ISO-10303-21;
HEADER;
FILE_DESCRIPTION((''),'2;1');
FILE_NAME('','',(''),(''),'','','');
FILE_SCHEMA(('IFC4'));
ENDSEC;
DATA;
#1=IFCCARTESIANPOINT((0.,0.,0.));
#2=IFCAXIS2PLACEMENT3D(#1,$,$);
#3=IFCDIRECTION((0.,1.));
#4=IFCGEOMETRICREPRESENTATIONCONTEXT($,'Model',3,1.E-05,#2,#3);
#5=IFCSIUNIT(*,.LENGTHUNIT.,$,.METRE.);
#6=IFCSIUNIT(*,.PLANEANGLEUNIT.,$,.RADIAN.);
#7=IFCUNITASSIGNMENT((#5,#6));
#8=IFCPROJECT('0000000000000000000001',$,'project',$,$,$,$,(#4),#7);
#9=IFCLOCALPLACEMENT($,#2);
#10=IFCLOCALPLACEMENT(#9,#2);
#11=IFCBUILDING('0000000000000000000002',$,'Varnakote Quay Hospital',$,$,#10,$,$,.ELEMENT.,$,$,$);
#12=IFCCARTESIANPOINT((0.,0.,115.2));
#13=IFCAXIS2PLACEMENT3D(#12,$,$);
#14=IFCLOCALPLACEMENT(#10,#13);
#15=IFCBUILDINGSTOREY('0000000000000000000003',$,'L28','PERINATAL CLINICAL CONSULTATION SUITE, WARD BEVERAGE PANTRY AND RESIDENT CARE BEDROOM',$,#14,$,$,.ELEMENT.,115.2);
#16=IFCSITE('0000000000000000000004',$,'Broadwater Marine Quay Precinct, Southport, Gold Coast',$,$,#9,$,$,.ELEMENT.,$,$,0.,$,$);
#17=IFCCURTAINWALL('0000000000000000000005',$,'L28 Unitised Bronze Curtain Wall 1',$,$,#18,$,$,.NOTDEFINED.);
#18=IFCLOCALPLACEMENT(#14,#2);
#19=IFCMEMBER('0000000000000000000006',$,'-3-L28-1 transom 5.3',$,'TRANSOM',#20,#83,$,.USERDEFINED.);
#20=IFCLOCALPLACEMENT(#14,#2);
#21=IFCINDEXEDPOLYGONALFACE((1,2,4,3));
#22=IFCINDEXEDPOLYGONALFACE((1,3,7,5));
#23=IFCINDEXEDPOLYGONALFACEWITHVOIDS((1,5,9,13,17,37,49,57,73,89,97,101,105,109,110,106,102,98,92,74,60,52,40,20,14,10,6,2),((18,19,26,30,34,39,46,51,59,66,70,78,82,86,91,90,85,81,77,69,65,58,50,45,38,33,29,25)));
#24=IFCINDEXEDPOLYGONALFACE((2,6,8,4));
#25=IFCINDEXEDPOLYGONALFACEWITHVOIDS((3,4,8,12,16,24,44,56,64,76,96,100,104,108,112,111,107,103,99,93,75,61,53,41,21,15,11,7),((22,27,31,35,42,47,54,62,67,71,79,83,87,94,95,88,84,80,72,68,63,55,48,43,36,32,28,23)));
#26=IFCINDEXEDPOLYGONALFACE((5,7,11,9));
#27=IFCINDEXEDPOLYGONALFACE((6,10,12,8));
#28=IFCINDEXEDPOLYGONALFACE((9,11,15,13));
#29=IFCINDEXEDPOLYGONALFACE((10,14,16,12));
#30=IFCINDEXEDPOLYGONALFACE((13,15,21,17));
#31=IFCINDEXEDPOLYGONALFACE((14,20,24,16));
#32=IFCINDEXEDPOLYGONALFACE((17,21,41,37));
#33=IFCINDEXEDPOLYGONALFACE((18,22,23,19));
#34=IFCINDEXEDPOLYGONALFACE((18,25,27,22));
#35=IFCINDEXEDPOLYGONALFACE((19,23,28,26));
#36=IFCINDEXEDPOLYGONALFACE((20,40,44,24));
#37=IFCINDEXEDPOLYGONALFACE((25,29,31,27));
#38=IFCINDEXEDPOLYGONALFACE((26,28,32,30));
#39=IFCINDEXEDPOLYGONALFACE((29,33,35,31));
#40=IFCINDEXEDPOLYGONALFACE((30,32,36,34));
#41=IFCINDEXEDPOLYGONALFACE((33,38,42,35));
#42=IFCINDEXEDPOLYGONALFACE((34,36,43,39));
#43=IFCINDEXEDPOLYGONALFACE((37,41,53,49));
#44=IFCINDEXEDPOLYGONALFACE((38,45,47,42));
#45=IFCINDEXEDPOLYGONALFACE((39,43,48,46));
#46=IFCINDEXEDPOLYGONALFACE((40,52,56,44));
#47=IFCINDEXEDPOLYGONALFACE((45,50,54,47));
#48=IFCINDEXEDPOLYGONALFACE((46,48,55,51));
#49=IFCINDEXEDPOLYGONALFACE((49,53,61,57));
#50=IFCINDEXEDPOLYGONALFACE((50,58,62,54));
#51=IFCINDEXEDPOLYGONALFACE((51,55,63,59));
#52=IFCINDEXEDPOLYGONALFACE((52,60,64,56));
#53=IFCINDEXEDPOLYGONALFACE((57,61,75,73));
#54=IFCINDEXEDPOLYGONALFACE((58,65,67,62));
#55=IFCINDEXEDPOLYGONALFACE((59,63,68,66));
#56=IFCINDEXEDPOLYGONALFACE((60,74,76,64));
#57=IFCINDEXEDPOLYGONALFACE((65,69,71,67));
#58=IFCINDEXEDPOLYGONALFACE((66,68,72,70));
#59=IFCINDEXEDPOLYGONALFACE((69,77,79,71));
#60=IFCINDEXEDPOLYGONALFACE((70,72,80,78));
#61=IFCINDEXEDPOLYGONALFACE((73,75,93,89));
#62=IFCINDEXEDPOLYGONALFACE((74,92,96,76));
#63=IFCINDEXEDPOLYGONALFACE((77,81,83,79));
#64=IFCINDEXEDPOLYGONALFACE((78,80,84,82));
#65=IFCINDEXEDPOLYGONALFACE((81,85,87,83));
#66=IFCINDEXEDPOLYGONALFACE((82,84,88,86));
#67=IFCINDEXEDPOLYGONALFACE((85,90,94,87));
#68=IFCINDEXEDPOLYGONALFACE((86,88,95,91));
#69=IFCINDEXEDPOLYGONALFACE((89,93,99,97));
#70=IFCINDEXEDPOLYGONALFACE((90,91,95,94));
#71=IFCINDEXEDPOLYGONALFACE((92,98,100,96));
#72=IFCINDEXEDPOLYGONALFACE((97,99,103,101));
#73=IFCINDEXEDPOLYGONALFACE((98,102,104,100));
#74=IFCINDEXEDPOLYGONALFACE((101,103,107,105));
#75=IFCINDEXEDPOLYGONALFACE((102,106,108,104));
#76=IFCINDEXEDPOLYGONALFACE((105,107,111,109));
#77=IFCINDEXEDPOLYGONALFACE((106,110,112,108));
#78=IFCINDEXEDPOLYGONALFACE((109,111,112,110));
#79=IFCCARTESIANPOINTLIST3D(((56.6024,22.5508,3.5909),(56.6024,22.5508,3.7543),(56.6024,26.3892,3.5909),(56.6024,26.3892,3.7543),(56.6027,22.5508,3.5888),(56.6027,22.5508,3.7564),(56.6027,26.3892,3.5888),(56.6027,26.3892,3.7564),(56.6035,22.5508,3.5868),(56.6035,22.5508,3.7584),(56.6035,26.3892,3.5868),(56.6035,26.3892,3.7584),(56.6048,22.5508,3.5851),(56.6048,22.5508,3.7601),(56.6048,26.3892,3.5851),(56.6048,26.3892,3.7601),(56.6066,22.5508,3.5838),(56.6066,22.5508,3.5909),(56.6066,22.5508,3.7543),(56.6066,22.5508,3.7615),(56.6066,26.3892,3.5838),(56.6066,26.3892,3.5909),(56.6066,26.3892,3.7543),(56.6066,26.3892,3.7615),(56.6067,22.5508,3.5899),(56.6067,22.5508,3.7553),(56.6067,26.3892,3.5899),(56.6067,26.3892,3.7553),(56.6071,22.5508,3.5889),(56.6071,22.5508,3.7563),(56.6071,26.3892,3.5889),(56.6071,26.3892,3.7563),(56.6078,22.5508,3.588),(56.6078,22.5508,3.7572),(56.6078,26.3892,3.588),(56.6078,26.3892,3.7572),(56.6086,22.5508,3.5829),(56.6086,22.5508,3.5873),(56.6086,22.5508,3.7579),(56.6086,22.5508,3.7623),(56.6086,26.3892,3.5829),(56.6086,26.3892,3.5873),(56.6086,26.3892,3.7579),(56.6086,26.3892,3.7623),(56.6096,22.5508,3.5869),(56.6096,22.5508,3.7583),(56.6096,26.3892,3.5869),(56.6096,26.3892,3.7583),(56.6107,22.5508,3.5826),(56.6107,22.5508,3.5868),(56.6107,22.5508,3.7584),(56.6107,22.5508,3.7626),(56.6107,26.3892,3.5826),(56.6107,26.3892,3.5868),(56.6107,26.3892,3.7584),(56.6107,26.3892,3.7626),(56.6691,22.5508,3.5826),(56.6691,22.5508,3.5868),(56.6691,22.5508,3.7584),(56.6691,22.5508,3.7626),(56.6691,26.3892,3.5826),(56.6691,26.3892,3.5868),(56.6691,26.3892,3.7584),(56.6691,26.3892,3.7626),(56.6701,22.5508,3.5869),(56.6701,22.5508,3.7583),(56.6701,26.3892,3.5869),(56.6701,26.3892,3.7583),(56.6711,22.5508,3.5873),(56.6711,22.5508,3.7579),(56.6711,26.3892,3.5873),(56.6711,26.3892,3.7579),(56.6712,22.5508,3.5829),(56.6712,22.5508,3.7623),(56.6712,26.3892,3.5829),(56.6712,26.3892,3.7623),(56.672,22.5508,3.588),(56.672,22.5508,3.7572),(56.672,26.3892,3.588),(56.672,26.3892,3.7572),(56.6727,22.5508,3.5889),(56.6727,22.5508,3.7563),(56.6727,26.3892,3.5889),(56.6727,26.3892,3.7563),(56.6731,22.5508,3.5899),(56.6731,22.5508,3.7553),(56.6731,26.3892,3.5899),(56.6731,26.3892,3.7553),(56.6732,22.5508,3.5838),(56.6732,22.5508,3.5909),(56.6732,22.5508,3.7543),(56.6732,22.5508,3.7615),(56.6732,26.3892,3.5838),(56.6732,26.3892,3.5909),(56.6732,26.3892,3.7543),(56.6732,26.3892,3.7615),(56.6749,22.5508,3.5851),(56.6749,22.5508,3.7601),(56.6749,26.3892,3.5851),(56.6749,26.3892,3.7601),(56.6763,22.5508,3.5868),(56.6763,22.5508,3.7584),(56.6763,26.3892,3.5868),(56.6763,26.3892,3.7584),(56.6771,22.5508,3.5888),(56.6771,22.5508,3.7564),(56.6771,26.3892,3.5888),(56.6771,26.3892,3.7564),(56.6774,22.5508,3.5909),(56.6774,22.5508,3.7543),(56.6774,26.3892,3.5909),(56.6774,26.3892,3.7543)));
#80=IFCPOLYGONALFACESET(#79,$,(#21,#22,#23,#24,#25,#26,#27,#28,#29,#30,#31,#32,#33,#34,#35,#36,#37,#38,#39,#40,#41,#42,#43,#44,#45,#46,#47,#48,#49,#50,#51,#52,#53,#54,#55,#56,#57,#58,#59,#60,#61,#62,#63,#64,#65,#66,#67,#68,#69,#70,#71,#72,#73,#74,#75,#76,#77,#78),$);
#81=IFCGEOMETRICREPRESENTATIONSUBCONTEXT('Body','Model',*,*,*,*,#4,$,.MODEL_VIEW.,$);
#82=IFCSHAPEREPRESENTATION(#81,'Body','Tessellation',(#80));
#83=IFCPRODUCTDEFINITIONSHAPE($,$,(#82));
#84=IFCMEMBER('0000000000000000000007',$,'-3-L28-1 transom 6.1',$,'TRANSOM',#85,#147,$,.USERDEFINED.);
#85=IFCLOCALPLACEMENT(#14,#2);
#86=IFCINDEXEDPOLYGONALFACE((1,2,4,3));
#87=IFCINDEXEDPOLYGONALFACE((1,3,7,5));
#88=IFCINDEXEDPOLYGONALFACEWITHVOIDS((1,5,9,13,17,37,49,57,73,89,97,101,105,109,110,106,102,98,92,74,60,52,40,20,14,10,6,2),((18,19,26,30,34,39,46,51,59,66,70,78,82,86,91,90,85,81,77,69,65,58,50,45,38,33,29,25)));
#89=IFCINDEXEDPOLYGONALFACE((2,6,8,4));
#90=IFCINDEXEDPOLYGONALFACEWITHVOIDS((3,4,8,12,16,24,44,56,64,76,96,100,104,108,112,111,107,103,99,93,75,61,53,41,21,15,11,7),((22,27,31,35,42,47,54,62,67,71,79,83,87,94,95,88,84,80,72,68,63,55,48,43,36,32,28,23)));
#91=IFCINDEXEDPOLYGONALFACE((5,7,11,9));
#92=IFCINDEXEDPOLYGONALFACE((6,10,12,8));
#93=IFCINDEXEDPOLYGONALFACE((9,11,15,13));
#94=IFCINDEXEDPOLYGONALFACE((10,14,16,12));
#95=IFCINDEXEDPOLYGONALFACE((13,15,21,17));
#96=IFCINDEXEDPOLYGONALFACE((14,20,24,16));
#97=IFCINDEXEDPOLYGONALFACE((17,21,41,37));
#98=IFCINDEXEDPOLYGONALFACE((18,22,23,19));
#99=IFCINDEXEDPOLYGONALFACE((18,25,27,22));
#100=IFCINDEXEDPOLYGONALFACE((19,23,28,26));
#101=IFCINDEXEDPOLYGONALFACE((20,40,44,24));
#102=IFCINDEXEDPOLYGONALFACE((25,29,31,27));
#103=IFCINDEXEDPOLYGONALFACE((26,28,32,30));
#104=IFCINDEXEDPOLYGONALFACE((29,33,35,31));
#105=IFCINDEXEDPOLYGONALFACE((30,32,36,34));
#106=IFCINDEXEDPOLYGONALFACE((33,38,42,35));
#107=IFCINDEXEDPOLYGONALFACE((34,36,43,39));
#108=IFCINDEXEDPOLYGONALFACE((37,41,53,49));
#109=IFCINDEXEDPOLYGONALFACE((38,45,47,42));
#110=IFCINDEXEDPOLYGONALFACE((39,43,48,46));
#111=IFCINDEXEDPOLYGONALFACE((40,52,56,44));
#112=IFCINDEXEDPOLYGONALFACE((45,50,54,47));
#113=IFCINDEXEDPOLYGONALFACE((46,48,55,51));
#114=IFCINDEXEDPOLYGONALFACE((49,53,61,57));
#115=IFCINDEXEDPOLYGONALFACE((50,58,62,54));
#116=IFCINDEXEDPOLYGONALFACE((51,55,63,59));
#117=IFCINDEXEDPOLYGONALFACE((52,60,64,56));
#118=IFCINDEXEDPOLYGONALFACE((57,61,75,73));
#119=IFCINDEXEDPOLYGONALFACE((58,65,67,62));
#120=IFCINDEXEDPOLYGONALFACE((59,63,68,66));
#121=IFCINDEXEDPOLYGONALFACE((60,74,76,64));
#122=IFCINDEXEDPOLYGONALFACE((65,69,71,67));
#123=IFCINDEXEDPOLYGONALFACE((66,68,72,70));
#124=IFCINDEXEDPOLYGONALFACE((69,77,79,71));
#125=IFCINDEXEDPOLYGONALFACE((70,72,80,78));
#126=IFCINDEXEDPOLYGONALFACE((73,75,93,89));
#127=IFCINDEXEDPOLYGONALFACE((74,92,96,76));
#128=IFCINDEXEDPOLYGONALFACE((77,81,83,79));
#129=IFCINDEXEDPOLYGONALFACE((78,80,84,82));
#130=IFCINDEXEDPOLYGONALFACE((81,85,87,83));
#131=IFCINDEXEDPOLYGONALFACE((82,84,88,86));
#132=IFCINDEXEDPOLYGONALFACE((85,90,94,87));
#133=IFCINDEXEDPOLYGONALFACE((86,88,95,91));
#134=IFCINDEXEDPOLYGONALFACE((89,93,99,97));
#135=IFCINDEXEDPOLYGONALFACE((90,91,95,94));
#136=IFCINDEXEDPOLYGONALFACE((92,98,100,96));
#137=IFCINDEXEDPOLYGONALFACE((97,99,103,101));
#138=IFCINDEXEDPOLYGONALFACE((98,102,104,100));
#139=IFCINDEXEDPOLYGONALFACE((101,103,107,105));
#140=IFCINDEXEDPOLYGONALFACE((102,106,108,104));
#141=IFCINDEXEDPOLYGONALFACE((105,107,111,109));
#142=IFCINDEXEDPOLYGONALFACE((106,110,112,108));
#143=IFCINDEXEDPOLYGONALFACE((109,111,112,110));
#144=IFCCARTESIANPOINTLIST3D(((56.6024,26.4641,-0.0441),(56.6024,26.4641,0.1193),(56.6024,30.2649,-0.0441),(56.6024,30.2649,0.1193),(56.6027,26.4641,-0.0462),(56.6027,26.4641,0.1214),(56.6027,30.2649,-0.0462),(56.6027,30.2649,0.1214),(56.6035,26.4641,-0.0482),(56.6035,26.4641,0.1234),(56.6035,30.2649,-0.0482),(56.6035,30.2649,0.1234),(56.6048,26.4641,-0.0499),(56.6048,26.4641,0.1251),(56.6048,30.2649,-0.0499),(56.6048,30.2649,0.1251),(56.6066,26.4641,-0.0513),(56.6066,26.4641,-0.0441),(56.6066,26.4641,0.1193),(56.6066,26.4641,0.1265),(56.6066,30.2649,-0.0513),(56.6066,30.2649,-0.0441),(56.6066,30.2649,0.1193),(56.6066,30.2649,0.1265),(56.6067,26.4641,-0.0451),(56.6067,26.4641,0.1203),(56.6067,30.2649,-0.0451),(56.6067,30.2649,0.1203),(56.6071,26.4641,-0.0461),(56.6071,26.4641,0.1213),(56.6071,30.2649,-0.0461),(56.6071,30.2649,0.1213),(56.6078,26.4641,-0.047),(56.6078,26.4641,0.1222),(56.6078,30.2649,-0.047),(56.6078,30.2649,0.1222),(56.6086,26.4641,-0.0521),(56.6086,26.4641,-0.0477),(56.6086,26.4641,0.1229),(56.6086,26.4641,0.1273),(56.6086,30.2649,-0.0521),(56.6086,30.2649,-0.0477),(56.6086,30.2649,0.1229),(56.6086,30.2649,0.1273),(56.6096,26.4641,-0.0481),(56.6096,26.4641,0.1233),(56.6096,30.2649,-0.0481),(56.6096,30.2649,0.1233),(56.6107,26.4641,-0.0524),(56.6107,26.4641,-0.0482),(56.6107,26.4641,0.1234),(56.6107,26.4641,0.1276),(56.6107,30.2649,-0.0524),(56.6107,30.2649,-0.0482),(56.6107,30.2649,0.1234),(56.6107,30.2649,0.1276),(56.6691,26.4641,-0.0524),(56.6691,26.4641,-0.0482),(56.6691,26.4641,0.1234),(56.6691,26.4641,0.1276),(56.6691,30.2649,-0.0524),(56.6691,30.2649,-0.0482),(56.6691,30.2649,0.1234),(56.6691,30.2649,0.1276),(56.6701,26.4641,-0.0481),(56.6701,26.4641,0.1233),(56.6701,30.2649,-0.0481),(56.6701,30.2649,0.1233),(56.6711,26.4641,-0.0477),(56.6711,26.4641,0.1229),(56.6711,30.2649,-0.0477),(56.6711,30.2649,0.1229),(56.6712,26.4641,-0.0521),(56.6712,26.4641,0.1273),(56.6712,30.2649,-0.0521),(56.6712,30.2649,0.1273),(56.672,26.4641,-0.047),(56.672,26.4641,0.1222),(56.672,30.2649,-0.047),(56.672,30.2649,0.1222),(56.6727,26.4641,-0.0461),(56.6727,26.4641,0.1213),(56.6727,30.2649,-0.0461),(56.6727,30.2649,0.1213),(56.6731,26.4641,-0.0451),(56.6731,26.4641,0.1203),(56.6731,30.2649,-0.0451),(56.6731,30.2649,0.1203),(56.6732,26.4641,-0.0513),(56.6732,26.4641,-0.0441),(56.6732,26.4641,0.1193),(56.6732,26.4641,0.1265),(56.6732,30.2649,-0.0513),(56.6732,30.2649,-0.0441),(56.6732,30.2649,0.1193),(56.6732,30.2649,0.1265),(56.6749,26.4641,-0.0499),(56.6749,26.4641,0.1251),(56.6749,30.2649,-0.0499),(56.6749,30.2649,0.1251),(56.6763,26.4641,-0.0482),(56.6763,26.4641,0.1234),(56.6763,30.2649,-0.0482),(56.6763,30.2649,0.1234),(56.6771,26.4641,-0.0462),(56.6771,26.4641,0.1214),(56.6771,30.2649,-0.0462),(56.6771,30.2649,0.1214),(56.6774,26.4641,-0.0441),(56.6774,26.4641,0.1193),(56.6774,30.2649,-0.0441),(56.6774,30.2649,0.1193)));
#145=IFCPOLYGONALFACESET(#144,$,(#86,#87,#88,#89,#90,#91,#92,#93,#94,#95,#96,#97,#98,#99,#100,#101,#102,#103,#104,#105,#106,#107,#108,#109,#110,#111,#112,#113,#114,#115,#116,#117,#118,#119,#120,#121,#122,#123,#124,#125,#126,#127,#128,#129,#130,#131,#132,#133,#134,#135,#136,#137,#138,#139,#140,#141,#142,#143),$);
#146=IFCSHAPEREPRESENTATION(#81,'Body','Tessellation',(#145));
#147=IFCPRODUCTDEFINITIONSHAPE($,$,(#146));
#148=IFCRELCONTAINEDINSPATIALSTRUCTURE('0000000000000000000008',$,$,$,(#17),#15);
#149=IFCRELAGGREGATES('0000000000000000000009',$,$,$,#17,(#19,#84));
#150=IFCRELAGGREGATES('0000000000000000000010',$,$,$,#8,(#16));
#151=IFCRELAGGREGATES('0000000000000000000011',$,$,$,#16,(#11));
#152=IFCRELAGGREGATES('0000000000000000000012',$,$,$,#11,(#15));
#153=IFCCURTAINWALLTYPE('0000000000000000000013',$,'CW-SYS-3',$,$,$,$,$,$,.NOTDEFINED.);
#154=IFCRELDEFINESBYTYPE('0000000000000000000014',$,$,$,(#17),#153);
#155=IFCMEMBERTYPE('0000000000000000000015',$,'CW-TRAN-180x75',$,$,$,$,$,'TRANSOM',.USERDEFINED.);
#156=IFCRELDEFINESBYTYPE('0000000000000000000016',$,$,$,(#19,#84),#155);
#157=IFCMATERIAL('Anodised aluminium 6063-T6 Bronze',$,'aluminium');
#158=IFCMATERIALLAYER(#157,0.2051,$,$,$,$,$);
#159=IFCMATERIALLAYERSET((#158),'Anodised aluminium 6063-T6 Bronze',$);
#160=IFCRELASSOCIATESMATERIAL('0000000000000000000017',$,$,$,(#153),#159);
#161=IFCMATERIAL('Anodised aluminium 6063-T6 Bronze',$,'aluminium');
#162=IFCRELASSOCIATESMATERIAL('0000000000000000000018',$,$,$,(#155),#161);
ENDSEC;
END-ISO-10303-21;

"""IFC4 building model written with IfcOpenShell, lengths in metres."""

from ifc_helpers import new_model, si_unit, direction, frame, origin, origin_2d, place, context, subcontext, project, spatial, hollow_rectangle, extrude, material, layer, layer_set, material_profile, profile_set, type_object, element, aggregate, save


model = new_model("IFC4")

# Units and contexts
model_context = context("Model", 3, precision=1e-05, world=origin(), true_north=direction((0.0, 1.0)))
body_context = subcontext(model_context, "Body", "Model", "MODEL_VIEW")
ifc_project = project(units=[si_unit("LENGTHUNIT", "METRE"), si_unit("PLANEANGLEUNIT", "RADIAN")], contexts=[model_context])

# Site, building, storey
site_placement = place(None, origin())
site = spatial("IfcSite", under=ifc_project, at=site_placement, Name="Broadwater Marine Quay Precinct, Southport, Gold Coast", CompositionType="ELEMENT", RefElevation=0.0)
building_placement = place(site_placement, origin())
building = spatial("IfcBuilding", under=site, at=building_placement, Name="Varnakote Quay Hospital", CompositionType="ELEMENT")
storey_placement = place(building_placement, frame((0.0, 0.0, 115.2)))
storey = spatial("IfcBuildingStorey", under=building, at=storey_placement, Name="L28", Description="PERINATAL CLINICAL CONSULTATION SUITE, WARD BEVERAGE PANTRY AND RESIDENT CARE BEDROOM", CompositionType="ELEMENT", Elevation=115.2)

# Curtain wall, members
ifc_material_1 = material(Name="Anodised aluminium 6063-T6 Bronze", Category="aluminium")
ifc_layer_1 = layer(ifc_material_1, 0.2051)
ifc_layer_set_1 = layer_set([ifc_layer_1], Name="Anodised aluminium 6063-T6 Bronze")
curtain_wall_type = type_object("IfcCurtainWallType", Name="CW-SYS-3", PredefinedType="NOTDEFINED", material=ifc_layer_set_1)
curtain_wall_placement = place(storey_placement, origin())
curtain_wall = element("IfcCurtainWall", 1, at=curtain_wall_placement, inside=storey, type_object=curtain_wall_type, Name="L28 Unitised Bronze Curtain Wall 1", PredefinedType="NOTDEFINED")
ifc_material_2 = material(Name="Anodised aluminium 6063-T6 Bronze", Category="aluminium")
ifc_material_profile_1 = material_profile(ifc_material_2, hollow_rectangle(XDim=0.075, YDim=0.1799, WallThickness=0.0042, InnerFilletRadius=0.0042, OuterFilletRadius=0.0083, at=origin_2d()), Name="CW-TRAN-180x75")
ifc_profile_set_1 = profile_set([ifc_material_profile_1], Name="Anodised aluminium 6063-T6 Bronze")
member_type_1 = type_object("IfcMemberType", Name="CW-TRAN-180x75", ElementType="TRANSOM", PredefinedType="USERDEFINED", material=ifc_profile_set_1)
member_1_placement = place(storey_placement, frame((56.6399, 22.5508, 3.6726), z_axis=(0.0, 1.0, 0.0), x_axis=(-1.0, 0.0, 0.0)))
member_1 = element("IfcMember", 2, at=member_1_placement, type_object=member_type_1, Name="-3-L28-1 transom 5.3", ObjectType="TRANSOM", PredefinedType="USERDEFINED", context=body_context, shape_type="SweptSolid", body=[
    extrude(hollow_rectangle(XDim=0.075, YDim=0.1799, WallThickness=0.0042, InnerFilletRadius=0.0042, OuterFilletRadius=0.0083, at=origin_2d()), origin(), (0.0, 0.0, 1.0), 3.8384),
])
member_2_placement = place(storey_placement, frame((56.6399, 26.4641, 0.0376), z_axis=(0.0, 1.0, 0.0), x_axis=(-1.0, 0.0, 0.0)))
member_2 = element("IfcMember", 3, at=member_2_placement, type_object=member_type_1, Name="-3-L28-1 transom 6.1", ObjectType="TRANSOM", PredefinedType="USERDEFINED", context=body_context, shape_type="SweptSolid", body=[
    extrude(hollow_rectangle(XDim=0.075, YDim=0.1799, WallThickness=0.0042, InnerFilletRadius=0.0042, OuterFilletRadius=0.0083, at=origin_2d()), origin(), (0.0, 0.0, 1.0), 3.8008),
])
aggregate(curtain_wall, [member_1, member_2])

save(model, "model.ifc")
